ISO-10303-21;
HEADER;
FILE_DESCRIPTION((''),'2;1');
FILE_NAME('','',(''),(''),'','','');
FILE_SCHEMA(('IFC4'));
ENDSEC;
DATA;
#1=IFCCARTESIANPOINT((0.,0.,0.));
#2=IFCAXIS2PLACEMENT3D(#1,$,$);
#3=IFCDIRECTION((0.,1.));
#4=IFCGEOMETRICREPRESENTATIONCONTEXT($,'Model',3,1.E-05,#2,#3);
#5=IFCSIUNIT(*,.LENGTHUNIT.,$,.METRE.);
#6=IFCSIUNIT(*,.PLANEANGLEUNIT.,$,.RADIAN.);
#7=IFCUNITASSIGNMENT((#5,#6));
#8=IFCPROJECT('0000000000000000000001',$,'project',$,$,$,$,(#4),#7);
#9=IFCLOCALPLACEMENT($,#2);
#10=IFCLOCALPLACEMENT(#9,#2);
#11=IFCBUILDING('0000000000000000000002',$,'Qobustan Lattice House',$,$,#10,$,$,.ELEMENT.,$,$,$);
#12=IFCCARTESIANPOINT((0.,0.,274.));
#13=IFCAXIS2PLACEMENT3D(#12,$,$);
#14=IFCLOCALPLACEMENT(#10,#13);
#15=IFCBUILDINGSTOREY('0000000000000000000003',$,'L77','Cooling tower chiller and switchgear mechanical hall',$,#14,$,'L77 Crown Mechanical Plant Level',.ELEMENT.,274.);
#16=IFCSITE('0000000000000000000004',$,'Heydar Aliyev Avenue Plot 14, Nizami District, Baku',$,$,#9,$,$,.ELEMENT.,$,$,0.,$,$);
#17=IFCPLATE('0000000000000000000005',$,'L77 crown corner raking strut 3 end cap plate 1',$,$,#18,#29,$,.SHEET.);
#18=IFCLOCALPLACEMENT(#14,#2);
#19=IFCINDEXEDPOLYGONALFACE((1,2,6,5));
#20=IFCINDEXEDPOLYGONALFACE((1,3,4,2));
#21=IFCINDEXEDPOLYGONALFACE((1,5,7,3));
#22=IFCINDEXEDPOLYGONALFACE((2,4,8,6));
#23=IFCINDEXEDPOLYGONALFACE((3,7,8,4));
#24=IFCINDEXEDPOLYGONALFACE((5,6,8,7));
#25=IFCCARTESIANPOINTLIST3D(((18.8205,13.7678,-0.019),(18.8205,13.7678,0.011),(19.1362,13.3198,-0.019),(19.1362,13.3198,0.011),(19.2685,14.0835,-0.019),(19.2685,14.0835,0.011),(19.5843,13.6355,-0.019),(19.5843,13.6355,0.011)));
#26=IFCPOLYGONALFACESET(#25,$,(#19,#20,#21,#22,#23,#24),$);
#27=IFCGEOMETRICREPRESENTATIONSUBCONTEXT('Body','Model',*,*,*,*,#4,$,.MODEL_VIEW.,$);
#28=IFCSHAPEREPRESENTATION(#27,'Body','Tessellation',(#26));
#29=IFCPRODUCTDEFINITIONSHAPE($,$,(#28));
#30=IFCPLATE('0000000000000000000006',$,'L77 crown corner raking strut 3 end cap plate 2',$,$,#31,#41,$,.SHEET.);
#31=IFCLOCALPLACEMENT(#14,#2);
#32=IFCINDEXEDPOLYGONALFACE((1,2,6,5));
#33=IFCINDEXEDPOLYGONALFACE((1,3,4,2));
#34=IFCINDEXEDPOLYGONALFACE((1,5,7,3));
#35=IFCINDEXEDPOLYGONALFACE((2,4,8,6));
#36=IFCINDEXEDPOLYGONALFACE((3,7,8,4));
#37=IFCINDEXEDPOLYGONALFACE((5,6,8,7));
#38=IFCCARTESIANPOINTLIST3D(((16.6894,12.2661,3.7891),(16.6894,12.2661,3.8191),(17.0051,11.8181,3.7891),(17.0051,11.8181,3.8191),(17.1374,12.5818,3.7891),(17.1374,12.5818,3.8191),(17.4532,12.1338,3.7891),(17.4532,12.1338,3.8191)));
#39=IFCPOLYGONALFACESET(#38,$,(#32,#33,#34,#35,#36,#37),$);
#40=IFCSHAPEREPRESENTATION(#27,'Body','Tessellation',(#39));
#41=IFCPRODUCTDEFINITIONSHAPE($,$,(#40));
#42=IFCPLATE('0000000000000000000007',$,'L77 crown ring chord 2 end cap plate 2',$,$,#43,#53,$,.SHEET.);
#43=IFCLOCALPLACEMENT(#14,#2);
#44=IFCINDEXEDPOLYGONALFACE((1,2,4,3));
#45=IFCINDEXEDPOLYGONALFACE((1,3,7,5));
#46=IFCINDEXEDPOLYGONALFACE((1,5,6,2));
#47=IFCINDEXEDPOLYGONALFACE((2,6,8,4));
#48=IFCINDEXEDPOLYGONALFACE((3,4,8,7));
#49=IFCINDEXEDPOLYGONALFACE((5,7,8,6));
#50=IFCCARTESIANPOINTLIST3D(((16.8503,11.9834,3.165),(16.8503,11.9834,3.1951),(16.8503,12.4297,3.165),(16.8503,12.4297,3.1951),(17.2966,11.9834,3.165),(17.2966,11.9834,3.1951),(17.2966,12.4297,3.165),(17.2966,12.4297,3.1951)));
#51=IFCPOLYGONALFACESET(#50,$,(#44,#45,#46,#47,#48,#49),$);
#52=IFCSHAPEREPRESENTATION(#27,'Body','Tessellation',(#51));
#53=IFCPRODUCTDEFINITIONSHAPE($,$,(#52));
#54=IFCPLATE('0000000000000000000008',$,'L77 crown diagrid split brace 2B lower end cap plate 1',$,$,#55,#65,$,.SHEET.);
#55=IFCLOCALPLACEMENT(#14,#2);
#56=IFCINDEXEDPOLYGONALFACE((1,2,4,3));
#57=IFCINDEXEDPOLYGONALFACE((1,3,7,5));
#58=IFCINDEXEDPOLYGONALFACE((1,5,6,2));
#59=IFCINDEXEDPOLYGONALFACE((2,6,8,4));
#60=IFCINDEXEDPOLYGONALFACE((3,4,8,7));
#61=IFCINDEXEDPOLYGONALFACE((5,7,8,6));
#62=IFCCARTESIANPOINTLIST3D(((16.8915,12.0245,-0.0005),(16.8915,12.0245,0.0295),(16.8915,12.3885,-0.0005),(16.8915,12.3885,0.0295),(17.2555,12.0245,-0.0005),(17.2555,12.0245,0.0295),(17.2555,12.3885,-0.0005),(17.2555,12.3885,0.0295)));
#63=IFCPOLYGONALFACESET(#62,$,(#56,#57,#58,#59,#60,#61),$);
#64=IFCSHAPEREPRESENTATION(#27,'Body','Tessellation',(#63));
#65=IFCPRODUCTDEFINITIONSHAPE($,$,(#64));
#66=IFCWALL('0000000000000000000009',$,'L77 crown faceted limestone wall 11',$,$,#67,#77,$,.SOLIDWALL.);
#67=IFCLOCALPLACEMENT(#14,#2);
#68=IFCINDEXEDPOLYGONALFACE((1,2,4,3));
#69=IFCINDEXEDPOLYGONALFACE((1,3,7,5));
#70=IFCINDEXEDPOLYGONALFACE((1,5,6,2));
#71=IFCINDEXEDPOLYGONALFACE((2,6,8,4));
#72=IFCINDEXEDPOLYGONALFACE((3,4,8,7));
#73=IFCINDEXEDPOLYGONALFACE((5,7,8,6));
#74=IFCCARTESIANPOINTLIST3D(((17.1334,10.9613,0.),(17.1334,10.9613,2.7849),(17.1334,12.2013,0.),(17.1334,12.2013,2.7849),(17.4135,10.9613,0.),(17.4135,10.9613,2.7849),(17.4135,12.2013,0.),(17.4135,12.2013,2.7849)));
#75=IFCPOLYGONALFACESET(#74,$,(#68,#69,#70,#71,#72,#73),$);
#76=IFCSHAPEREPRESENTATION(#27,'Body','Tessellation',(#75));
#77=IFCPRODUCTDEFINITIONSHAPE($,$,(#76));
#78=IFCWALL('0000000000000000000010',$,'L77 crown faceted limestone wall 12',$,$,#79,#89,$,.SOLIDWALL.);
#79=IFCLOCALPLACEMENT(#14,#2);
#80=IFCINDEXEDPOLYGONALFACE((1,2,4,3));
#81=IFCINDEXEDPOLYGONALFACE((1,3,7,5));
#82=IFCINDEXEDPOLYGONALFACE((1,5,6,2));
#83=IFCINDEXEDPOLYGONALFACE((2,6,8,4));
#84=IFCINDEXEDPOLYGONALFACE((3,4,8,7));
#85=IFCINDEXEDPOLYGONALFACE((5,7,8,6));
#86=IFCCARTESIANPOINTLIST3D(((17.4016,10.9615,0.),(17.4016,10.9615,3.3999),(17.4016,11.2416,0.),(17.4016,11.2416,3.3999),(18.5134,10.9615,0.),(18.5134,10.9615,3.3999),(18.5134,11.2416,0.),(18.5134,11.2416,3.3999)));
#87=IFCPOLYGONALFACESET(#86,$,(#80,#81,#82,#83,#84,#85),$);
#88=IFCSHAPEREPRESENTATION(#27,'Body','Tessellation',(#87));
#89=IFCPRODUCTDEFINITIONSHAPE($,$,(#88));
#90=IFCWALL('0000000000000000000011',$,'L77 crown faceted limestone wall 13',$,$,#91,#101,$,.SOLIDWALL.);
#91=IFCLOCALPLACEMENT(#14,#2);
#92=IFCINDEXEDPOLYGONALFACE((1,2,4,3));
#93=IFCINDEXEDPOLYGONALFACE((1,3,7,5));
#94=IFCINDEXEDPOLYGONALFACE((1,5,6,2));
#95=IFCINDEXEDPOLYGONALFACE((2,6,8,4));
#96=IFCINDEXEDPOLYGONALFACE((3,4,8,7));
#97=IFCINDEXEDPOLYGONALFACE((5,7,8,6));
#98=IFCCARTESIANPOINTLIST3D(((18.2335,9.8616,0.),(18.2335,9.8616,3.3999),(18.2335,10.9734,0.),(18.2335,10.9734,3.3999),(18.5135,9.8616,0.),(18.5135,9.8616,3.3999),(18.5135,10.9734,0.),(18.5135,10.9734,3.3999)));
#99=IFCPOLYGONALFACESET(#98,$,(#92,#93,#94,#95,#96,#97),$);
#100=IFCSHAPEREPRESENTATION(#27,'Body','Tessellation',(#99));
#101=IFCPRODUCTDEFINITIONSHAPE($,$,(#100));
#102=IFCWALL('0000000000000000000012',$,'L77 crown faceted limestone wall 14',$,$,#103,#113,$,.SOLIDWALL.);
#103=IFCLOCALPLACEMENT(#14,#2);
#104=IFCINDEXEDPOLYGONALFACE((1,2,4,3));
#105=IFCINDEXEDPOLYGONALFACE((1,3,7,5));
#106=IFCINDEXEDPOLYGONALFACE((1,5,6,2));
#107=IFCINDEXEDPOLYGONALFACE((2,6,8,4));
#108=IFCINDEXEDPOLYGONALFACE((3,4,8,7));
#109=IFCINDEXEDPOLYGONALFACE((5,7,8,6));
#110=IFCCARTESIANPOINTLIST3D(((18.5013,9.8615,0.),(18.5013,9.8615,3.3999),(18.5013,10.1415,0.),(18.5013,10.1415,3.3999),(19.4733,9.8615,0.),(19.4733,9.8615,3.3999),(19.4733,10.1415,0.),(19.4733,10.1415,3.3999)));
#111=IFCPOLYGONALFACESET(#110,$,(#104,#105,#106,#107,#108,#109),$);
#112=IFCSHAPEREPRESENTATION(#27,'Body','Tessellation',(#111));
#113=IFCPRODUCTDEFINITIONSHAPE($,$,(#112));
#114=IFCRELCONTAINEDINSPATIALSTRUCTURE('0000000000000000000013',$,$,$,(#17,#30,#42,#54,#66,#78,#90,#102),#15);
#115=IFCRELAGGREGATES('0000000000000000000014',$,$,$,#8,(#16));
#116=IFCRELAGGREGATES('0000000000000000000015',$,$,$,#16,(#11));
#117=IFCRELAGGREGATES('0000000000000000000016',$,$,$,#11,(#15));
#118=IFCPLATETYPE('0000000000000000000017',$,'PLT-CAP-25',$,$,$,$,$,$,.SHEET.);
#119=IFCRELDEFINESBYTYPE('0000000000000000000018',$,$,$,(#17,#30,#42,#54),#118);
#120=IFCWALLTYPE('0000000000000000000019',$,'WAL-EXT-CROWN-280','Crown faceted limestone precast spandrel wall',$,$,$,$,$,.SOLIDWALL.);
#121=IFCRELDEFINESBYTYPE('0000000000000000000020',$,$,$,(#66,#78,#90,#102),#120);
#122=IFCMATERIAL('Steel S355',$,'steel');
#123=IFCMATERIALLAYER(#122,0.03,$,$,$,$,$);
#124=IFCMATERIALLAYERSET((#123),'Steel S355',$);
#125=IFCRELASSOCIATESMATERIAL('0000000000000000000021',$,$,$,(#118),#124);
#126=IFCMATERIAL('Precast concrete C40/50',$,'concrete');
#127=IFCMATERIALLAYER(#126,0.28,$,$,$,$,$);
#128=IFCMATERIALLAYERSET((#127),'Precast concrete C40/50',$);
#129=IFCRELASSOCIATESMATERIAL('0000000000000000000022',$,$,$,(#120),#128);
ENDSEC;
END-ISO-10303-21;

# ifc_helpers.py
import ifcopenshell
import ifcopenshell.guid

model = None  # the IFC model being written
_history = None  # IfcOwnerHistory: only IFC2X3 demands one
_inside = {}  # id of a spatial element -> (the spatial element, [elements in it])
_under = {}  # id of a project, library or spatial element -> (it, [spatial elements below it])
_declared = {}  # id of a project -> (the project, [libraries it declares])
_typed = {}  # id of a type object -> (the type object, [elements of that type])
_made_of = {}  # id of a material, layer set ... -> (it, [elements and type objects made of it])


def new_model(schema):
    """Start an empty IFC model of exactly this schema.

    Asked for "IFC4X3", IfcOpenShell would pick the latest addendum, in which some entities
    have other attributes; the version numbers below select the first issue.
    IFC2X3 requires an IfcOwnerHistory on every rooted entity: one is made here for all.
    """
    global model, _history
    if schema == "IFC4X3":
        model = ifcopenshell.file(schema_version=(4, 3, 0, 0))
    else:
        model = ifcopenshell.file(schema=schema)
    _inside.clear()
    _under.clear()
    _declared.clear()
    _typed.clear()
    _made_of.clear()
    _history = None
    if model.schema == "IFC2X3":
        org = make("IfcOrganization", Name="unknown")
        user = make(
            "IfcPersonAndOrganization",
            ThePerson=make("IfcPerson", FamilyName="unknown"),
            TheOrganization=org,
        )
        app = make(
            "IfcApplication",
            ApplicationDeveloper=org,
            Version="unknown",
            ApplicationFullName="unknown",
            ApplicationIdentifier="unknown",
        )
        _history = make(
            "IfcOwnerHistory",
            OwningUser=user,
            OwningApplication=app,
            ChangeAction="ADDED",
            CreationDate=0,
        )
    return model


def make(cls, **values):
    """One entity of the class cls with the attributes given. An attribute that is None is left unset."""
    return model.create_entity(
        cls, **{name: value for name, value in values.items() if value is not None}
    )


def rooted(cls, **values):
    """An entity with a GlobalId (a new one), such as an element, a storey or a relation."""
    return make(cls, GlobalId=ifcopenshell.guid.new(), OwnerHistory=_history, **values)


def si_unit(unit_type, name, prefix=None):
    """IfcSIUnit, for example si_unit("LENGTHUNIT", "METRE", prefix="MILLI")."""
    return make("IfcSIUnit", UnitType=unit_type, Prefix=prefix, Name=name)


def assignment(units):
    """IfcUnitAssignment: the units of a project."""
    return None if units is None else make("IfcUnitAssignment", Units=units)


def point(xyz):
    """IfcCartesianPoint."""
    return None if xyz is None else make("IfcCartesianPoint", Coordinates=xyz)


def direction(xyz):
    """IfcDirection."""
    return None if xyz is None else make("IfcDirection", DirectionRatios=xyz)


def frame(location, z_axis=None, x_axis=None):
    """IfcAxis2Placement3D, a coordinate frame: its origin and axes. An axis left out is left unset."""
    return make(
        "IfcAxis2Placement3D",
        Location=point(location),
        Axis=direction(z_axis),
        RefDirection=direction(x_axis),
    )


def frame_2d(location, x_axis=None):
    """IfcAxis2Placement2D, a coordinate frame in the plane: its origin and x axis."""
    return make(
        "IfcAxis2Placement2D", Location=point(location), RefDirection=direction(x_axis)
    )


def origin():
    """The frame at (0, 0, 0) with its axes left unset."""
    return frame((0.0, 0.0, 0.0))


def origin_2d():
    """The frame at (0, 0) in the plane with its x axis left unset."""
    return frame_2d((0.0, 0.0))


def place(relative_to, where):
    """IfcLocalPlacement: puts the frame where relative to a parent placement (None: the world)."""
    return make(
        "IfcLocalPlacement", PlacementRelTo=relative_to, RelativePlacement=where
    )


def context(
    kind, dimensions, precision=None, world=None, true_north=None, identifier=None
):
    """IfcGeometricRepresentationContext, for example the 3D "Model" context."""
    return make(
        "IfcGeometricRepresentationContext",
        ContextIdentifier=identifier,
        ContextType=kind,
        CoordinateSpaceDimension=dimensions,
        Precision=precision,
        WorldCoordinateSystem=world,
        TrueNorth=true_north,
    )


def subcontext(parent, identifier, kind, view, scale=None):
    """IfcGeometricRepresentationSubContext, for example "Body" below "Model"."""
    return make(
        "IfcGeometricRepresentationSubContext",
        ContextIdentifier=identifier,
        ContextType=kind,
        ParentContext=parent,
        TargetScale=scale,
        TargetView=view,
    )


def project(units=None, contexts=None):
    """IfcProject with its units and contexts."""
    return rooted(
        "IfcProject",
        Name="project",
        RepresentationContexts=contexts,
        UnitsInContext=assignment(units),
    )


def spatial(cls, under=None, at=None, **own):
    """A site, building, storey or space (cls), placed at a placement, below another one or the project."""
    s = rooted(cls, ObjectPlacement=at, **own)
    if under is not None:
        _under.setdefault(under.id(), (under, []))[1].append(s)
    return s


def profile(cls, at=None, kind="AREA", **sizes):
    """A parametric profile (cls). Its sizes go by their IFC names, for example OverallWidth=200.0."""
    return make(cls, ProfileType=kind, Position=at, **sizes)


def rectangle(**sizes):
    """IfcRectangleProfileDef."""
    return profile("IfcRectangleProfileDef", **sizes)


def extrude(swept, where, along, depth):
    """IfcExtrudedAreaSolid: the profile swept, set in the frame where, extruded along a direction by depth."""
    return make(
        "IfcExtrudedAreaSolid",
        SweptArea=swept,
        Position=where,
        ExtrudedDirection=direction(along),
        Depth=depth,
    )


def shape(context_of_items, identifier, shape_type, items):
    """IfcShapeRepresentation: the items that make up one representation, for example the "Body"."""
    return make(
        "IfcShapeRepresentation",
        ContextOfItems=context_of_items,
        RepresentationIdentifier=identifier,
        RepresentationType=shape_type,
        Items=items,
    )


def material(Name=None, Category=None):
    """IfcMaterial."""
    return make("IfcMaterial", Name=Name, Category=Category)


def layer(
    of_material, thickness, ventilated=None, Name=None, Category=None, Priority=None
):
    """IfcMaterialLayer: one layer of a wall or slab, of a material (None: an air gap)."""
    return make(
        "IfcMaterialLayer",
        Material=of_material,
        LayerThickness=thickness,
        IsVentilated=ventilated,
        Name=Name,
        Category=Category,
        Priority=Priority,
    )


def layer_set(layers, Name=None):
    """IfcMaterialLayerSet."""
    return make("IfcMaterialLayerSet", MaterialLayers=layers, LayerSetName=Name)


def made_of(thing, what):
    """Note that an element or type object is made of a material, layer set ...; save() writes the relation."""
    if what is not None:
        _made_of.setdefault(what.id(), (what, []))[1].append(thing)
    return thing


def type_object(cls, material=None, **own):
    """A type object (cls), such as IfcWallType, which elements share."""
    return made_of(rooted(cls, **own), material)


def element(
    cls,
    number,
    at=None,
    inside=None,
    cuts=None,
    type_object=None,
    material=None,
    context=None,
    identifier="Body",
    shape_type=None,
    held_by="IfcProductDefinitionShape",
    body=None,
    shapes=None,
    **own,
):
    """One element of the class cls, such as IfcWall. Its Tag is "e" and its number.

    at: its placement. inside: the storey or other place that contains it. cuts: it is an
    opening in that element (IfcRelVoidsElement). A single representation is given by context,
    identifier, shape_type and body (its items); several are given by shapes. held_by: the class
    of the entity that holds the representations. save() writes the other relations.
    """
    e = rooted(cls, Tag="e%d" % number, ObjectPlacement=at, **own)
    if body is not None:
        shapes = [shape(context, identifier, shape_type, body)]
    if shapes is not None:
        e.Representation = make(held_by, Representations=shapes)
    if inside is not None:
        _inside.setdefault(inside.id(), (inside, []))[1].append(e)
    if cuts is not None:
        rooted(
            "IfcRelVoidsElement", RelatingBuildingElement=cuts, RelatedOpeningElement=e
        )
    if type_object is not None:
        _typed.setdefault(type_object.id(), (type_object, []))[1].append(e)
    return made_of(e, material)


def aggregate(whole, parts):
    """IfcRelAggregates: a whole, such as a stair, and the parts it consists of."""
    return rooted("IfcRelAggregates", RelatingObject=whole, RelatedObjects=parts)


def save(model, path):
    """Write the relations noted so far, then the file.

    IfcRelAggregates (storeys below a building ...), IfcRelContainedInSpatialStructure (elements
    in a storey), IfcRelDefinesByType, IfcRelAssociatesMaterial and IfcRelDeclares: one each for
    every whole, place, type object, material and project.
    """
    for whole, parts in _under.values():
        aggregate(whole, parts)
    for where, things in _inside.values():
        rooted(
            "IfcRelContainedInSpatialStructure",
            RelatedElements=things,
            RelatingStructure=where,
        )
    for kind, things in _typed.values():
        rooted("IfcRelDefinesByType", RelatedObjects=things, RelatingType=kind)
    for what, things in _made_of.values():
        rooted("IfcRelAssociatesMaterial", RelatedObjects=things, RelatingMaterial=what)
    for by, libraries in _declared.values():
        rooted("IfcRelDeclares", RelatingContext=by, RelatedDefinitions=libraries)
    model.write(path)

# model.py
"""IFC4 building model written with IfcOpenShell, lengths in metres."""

from ifc_helpers import new_model, si_unit, direction, frame, frame_2d, origin, origin_2d, place, context, subcontext, project, spatial, rectangle, extrude, material, layer, layer_set, type_object, element, save


model = new_model("IFC4")

# Units and contexts
model_context = context("Model", 3, precision=1e-05, world=origin(), true_north=direction((0.0, 1.0)))
body_context = subcontext(model_context, "Body", "Model", "MODEL_VIEW")
ifc_project = project(units=[si_unit("LENGTHUNIT", "METRE"), si_unit("PLANEANGLEUNIT", "RADIAN")], contexts=[model_context])

# Site, building, storey
site_placement = place(None, origin())
site = spatial("IfcSite", under=ifc_project, at=site_placement, Name="Heydar Aliyev Avenue Plot 14, Nizami District, Baku", CompositionType="ELEMENT", RefElevation=0.0)
building_placement = place(site_placement, origin())
building = spatial("IfcBuilding", under=site, at=building_placement, Name="Qobustan Lattice House", CompositionType="ELEMENT")
storey_placement = place(building_placement, frame((0.0, 0.0, 274.0)))
storey = spatial("IfcBuildingStorey", under=building, at=storey_placement, Name="L77", Description="Cooling tower chiller and switchgear mechanical hall", LongName="L77 Crown Mechanical Plant Level", CompositionType="ELEMENT", Elevation=274.0)

# Plates
ifc_material_1 = material(Name="Steel S355", Category="steel")
ifc_layer_1 = layer(ifc_material_1, 0.03)
ifc_layer_set_1 = layer_set([ifc_layer_1], Name="Steel S355")
plate_type_1 = type_object("IfcPlateType", Name="PLT-CAP-25", PredefinedType="SHEET", material=ifc_layer_set_1)
for number, where, z_axis, x_axis, name in (
    (1, (19.2024, 13.7017, -0.019), (0.0, 0.0, 1.0), (-0.817426, -0.576033, 0.0), "L77 crown corner raking strut 3 end cap plate 1"),
    (2, (17.0713, 12.2, 3.7891), (0.0, 0.0, 1.0), (-0.817426, -0.576033, 0.0), "L77 crown corner raking strut 3 end cap plate 2"),
):
    element("IfcPlate", number, at=place(storey_placement, frame(where, z_axis=z_axis, x_axis=x_axis)), inside=storey, type_object=plate_type_1, Name=name, PredefinedType="SHEET", context=body_context, shape_type="SweptSolid", body=[
        extrude(rectangle(XDim=0.5481, YDim=0.5481, at=origin_2d()), origin(), (0.0, 0.0, 1.0), 0.03),
    ])
plate_1_placement = place(storey_placement, frame((17.0735, 12.2065, 3.165), z_axis=(0.0, 0.0, 1.0), x_axis=(0.0, 1.0, 0.0)))
element("IfcPlate", 3, at=plate_1_placement, inside=storey, type_object=plate_type_1, Name="L77 crown ring chord 2 end cap plate 2", PredefinedType="SHEET", context=body_context, shape_type="SweptSolid", body=[
    extrude(rectangle(XDim=0.4463, YDim=0.4463, at=origin_2d()), origin(), (0.0, 0.0, 1.0), 0.03),
])
plate_2_placement = place(storey_placement, frame((17.0735, 12.2065, -0.0005), z_axis=(0.0, 0.0, 1.0), x_axis=(0.0, -1.0, 0.0)))
element("IfcPlate", 4, at=plate_2_placement, inside=storey, type_object=plate_type_1, Name="L77 crown diagrid split brace 2B lower end cap plate 1", PredefinedType="SHEET", context=body_context, shape_type="SweptSolid", body=[
    extrude(rectangle(XDim=0.364, YDim=0.364, at=origin_2d()), origin(), (0.0, 0.0, 1.0), 0.03),
])

# Walls
ifc_material_2 = material(Name="Precast concrete C40/50", Category="concrete")
ifc_layer_2 = layer(ifc_material_2, 0.28)
ifc_layer_set_2 = layer_set([ifc_layer_2], Name="Precast concrete C40/50")
wall_type = type_object("IfcWallType", Name="WAL-EXT-CROWN-280", Description="Crown faceted limestone precast spandrel wall", PredefinedType="SOLIDWALL", material=ifc_layer_set_2)
wall_1_placement = place(storey_placement, frame((17.2734, 12.2014, 0.0), z_axis=(0.0, 0.0, 1.0), x_axis=(0.0, -1.0, 0.0)))
element("IfcWall", 5, at=wall_1_placement, inside=storey, type_object=wall_type, Name="L77 crown faceted limestone wall 11", PredefinedType="SOLIDWALL", context=body_context, shape_type="SweptSolid", body=[
    extrude(rectangle(XDim=1.24, YDim=0.28, at=frame_2d((0.6201, 0.0))), origin(), (0.0, 0.0, 1.0), 2.7849),
])
for number, where, z_axis, x_axis, name in (
    (6, (17.4016, 11.1016, 0.0), (0.0, 0.0, 1.0), (1.0, 0.0, 0.0), "L77 crown faceted limestone wall 12"),
    (7, (18.3735, 10.9734, 0.0), (0.0, 0.0, 1.0), (0.0, -1.0, 0.0), "L77 crown faceted limestone wall 13"),
):
    element("IfcWall", number, at=place(storey_placement, frame(where, z_axis=z_axis, x_axis=x_axis)), inside=storey, type_object=wall_type, Name=name, PredefinedType="SOLIDWALL", context=body_context, shape_type="SweptSolid", body=[
        extrude(rectangle(XDim=1.1118, YDim=0.28, at=frame_2d((0.5559, 0.0))), origin(), (0.0, 0.0, 1.0), 3.3999),
    ])
wall_2_placement = place(storey_placement, frame((18.5015, 10.0015, 0.0), z_axis=(0.0, 0.0, 1.0), x_axis=(1.0, 0.0, 0.0)))
element("IfcWall", 8, at=wall_2_placement, inside=storey, type_object=wall_type, Name="L77 crown faceted limestone wall 14", PredefinedType="SOLIDWALL", context=body_context, shape_type="SweptSolid", body=[
    extrude(rectangle(XDim=0.9719, YDim=0.28, at=frame_2d((0.4858, 0.0))), origin(), (0.0, 0.0, 1.0), 3.3999),
])

save(model, "model.ifc")
